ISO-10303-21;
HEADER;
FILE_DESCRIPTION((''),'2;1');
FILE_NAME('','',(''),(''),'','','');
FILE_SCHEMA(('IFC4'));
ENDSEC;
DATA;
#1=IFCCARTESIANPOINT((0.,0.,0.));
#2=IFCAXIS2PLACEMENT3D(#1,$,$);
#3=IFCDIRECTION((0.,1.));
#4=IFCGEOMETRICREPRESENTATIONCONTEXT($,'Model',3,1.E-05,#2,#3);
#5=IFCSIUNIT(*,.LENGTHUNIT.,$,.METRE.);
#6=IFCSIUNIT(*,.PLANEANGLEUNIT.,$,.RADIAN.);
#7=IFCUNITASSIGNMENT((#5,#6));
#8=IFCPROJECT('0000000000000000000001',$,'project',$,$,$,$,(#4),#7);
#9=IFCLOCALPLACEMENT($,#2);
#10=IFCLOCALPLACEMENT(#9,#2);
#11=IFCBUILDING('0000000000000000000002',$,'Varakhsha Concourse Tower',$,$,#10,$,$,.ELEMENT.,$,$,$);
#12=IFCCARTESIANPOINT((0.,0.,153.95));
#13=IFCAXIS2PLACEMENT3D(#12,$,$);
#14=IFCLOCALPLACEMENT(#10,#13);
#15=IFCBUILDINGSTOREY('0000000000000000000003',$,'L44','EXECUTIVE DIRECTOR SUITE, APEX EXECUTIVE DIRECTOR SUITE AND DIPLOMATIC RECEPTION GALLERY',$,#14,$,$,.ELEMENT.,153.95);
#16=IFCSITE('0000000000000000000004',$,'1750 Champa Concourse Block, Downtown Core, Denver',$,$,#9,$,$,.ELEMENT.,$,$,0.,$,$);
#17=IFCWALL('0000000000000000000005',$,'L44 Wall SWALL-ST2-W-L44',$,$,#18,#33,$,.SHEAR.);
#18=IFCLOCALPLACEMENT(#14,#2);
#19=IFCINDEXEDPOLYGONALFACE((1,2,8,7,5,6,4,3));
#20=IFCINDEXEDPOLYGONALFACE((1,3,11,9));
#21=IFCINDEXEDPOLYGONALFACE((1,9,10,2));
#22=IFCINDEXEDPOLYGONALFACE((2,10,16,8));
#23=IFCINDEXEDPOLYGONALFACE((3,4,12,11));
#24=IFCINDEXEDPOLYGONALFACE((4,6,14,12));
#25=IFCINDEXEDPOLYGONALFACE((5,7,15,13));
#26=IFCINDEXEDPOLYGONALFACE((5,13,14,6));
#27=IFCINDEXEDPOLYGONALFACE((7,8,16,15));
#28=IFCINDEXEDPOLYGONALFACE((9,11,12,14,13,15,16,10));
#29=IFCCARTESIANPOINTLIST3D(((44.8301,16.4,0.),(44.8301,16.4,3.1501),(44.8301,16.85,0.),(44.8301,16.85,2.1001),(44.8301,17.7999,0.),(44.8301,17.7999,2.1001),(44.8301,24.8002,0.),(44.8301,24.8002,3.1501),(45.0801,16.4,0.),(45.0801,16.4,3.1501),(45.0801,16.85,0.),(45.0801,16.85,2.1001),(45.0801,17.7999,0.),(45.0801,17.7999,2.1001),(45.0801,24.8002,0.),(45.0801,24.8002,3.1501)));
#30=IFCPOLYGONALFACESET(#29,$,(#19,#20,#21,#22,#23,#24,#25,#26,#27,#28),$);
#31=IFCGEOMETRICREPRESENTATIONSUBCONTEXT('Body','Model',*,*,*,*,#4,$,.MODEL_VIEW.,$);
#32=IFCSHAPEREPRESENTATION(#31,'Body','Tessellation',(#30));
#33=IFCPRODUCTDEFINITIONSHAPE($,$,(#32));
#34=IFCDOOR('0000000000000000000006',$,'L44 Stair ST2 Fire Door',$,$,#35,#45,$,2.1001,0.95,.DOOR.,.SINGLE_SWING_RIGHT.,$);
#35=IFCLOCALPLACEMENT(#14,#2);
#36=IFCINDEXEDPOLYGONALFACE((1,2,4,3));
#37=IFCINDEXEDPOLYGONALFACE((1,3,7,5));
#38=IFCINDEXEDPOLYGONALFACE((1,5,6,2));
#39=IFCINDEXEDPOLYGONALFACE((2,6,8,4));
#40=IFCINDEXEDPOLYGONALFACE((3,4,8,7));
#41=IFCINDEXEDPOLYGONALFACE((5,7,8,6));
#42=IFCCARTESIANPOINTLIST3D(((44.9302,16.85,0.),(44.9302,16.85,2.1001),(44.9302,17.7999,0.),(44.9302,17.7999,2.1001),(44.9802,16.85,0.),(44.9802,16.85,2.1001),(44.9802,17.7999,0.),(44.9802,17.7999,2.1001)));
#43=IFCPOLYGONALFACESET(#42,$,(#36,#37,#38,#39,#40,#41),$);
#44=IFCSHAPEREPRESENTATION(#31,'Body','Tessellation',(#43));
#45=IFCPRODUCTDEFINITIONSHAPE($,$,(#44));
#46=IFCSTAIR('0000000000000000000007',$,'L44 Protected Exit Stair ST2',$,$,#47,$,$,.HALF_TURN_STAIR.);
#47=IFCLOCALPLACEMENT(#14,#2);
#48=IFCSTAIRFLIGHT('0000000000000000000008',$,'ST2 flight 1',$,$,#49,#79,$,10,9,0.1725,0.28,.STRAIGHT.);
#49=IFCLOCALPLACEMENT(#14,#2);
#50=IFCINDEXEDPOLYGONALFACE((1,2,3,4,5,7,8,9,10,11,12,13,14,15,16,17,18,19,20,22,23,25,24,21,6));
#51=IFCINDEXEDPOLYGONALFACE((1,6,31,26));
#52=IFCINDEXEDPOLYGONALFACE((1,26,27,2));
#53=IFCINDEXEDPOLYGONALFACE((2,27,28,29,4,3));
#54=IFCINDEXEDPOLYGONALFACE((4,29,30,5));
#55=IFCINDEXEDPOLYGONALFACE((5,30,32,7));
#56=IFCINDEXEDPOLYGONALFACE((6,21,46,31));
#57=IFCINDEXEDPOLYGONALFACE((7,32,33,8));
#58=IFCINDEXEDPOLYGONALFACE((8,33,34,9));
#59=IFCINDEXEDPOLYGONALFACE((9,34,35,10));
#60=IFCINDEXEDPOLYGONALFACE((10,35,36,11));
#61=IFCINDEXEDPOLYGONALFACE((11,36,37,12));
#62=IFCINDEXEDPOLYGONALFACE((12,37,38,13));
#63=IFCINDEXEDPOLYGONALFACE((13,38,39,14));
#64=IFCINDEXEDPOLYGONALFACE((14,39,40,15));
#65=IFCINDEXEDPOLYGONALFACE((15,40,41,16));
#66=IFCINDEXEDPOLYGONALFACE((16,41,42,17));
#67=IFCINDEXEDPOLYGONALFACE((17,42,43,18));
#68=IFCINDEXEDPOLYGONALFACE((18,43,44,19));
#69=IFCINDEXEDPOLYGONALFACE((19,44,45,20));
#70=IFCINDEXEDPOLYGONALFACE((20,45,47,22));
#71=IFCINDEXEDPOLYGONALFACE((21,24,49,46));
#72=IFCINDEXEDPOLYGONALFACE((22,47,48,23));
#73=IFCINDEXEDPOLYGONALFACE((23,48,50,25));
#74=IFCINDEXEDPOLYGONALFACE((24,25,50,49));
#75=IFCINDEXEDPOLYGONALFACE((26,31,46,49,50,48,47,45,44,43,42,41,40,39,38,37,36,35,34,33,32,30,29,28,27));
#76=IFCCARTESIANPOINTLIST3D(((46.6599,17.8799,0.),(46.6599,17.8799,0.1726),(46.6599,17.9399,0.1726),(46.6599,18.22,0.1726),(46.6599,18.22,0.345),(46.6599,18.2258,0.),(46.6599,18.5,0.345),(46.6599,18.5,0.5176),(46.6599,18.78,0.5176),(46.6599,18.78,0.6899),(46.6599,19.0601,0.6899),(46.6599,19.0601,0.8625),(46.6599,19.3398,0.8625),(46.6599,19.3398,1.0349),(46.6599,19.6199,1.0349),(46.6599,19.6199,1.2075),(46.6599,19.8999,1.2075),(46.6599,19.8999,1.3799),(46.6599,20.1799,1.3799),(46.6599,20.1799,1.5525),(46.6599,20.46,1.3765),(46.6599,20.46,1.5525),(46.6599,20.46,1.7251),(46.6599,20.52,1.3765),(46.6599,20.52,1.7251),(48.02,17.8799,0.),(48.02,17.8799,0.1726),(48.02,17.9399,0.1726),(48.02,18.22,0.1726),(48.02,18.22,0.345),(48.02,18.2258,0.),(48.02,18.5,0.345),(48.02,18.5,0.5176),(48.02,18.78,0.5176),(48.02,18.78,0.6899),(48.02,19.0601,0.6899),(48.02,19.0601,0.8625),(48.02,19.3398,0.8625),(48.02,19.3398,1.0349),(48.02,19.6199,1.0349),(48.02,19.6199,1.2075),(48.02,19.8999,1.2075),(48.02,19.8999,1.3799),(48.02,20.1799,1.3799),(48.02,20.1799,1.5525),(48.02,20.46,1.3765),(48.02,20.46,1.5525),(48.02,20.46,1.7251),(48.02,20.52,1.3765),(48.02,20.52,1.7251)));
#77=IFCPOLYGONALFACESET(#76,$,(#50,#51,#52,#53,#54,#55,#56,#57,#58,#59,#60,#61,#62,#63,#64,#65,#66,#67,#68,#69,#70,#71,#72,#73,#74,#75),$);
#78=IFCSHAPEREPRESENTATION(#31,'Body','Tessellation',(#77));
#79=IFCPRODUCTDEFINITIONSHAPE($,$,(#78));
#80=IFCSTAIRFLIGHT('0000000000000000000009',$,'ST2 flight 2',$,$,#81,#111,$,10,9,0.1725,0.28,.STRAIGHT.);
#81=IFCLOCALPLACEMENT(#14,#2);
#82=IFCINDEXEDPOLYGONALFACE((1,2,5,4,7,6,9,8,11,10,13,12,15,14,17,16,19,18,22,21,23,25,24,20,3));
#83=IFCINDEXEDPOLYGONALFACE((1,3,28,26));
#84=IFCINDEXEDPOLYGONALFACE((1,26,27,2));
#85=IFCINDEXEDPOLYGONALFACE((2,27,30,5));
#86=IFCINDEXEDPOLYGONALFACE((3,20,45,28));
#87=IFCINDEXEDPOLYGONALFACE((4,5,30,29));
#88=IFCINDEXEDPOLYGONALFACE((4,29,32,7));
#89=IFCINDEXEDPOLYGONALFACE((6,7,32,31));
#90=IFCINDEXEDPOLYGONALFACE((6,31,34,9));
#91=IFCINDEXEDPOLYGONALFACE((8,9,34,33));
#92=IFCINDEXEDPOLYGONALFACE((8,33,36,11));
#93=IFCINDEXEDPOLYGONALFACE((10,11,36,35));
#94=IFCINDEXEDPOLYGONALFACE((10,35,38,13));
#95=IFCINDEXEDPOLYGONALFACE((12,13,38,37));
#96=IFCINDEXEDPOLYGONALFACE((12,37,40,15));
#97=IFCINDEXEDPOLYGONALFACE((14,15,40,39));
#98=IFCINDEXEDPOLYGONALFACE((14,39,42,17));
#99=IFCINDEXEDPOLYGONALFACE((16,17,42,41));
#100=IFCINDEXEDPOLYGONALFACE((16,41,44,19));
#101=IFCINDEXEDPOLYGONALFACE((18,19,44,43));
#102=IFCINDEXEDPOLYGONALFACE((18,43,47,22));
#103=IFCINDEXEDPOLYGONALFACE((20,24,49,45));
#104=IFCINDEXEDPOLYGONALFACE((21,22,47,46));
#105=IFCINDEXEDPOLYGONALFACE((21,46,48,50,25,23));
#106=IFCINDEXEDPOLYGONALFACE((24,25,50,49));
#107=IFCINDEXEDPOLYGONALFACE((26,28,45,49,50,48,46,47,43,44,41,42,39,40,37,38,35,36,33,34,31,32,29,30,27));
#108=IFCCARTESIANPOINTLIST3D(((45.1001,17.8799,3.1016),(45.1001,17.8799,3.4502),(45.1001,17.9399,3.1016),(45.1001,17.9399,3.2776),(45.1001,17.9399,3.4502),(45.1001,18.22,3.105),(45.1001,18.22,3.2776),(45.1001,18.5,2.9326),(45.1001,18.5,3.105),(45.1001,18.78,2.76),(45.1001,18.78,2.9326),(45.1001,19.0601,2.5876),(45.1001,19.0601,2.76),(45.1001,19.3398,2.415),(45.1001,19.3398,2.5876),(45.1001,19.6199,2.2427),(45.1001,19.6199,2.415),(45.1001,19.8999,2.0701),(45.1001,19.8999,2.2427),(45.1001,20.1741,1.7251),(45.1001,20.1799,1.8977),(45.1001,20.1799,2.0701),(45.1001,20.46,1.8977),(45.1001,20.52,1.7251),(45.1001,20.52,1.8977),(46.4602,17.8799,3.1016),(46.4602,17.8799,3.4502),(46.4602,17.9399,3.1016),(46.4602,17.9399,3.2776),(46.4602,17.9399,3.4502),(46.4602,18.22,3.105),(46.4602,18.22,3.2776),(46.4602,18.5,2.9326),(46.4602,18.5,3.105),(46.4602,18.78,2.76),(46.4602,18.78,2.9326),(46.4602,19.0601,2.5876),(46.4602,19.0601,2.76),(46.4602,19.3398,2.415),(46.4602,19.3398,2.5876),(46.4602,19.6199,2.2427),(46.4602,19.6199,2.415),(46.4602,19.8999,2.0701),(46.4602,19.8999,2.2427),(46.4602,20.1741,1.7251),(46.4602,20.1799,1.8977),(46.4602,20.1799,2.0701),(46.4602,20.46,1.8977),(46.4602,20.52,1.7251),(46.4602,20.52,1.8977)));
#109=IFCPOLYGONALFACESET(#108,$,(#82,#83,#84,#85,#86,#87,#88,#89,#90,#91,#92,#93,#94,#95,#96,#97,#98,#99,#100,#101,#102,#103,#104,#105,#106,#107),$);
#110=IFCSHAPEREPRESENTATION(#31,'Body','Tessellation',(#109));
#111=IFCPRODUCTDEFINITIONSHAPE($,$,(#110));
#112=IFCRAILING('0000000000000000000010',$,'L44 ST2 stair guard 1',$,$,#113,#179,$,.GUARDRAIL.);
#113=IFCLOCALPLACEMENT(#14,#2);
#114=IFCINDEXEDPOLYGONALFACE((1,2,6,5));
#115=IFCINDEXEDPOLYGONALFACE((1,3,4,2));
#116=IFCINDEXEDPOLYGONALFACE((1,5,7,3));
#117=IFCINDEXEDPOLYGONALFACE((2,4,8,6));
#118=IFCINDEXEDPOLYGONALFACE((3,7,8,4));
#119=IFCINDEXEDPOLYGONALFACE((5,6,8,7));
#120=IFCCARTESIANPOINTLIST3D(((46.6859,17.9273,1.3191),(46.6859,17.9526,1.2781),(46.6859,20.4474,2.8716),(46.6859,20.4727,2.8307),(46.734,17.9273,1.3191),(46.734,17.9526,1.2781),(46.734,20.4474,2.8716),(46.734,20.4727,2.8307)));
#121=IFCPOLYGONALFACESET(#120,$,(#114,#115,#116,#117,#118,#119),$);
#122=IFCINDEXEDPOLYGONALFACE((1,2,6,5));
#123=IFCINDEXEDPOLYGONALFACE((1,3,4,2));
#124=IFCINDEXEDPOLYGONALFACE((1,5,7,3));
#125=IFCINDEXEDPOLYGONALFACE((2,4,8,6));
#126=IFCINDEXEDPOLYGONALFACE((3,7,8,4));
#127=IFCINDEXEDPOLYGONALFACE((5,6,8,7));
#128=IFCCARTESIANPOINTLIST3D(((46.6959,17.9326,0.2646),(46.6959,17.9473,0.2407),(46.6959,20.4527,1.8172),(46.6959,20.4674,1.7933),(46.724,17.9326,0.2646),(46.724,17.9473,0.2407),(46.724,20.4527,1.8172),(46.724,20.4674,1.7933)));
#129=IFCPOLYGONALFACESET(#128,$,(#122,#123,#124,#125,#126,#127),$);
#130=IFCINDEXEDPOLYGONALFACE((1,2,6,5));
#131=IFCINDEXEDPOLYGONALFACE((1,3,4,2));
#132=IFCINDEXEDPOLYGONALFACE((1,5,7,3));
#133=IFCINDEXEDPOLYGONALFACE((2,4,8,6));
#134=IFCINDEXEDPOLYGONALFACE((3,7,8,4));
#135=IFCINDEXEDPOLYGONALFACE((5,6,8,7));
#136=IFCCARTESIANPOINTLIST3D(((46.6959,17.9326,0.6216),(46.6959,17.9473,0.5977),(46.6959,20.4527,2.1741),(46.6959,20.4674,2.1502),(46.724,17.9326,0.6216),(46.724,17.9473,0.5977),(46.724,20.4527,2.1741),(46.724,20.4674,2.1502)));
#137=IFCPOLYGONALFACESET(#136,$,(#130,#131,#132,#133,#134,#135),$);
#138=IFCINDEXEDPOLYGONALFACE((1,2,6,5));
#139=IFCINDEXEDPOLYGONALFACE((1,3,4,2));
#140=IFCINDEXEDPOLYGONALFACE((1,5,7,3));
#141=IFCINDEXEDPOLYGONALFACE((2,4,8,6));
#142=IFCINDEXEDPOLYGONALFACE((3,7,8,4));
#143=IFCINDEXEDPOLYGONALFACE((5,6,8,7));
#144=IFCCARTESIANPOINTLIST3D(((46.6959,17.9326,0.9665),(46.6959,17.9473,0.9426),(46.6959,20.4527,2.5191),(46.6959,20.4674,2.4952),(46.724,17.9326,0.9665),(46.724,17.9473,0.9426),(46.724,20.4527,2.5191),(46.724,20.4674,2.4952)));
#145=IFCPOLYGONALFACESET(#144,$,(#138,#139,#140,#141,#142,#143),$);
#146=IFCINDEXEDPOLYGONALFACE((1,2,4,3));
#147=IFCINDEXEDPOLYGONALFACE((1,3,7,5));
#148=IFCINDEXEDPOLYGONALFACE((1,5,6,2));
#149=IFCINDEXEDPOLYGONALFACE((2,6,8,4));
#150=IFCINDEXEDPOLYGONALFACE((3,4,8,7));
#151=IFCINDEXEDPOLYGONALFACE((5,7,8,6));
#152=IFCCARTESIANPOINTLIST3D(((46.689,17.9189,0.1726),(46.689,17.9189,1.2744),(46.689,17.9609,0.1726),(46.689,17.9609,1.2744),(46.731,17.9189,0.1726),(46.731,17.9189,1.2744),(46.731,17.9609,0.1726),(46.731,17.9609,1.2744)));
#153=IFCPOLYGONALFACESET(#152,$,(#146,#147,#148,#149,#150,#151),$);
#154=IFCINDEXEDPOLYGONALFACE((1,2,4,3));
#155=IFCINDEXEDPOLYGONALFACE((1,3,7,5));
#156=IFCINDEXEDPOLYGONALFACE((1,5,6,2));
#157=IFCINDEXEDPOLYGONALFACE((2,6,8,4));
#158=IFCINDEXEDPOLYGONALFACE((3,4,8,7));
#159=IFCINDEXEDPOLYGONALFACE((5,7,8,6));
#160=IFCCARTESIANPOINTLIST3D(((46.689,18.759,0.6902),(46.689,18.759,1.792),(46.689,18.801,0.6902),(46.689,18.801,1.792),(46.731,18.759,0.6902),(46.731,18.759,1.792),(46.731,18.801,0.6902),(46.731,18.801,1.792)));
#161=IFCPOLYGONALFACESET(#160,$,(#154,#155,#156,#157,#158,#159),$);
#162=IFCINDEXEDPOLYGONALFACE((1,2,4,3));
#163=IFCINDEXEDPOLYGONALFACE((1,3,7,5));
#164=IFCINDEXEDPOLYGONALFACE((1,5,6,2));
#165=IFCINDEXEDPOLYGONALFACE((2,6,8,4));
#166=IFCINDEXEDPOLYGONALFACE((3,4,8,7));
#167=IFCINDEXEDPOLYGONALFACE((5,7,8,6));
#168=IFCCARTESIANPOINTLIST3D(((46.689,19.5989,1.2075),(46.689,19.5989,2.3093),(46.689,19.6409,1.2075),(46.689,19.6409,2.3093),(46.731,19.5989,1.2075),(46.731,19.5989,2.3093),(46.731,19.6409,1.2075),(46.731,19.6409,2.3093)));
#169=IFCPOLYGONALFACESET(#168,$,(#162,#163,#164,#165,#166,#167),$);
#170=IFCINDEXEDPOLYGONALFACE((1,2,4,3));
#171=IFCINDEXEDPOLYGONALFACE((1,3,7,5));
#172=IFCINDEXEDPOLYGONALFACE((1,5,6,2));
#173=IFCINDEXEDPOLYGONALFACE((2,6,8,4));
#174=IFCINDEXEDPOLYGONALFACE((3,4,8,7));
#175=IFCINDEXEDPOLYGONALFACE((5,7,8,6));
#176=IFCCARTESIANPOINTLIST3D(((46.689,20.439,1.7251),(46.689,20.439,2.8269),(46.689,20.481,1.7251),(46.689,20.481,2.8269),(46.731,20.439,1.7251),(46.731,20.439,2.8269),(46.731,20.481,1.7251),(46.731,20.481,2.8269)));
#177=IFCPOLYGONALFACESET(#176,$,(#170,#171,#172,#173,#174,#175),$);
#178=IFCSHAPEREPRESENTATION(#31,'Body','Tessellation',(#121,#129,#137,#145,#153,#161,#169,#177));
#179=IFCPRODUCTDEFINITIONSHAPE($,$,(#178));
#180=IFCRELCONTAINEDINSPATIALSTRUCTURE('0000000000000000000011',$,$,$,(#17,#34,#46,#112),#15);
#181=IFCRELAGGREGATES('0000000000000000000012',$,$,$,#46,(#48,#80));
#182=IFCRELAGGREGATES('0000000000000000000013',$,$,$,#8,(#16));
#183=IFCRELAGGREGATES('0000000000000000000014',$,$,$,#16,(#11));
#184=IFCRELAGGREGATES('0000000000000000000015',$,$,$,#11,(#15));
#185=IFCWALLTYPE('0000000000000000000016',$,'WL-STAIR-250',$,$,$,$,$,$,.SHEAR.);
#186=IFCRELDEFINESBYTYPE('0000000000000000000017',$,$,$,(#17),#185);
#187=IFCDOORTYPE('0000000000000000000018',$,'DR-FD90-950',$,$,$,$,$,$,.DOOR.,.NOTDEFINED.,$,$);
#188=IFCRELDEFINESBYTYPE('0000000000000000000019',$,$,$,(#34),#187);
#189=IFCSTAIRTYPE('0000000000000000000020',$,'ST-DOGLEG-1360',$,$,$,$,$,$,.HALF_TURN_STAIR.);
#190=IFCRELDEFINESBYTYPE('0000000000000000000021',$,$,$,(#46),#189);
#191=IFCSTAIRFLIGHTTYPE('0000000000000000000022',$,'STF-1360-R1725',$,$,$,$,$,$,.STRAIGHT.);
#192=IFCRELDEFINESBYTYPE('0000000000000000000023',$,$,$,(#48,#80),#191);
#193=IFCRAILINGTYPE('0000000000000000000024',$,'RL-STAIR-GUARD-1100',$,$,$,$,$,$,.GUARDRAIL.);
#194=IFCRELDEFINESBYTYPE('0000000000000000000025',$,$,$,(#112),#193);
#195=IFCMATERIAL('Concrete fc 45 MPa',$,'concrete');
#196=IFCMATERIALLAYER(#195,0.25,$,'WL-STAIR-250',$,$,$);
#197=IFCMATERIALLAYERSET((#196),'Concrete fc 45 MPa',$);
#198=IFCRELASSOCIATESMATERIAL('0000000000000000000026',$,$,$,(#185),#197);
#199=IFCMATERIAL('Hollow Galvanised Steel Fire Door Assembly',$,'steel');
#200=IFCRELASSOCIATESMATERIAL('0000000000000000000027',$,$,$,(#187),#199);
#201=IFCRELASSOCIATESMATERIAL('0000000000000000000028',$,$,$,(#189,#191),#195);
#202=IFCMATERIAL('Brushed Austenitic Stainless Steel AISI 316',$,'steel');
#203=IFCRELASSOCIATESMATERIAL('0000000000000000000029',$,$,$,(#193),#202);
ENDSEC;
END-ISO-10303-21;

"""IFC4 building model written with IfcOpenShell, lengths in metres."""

from ifc_helpers import new_model, si_unit, direction, frame, frame_2d, origin, origin_2d, place, context, subcontext, project, spatial, polyline, rectangle, outline, extrude, material, layer, layer_set, type_object, element, fill, aggregate, save


model = new_model("IFC4")

# Units and contexts
model_context = context("Model", 3, precision=1e-05, world=origin(), true_north=direction((0.0, 1.0)))
body_context = subcontext(model_context, "Body", "Model", "MODEL_VIEW")
ifc_project = project(units=[si_unit("LENGTHUNIT", "METRE"), si_unit("PLANEANGLEUNIT", "RADIAN")], contexts=[model_context])

# Site, building, storey
site_placement = place(None, origin())
site = spatial("IfcSite", under=ifc_project, at=site_placement, Name="1750 Champa Concourse Block, Downtown Core, Denver", CompositionType="ELEMENT", RefElevation=0.0)
building_placement = place(site_placement, origin())
building = spatial("IfcBuilding", under=site, at=building_placement, Name="Varakhsha Concourse Tower", CompositionType="ELEMENT")
storey_placement = place(building_placement, frame((0.0, 0.0, 153.95)))
storey = spatial("IfcBuildingStorey", under=building, at=storey_placement, Name="L44", Description="EXECUTIVE DIRECTOR SUITE, APEX EXECUTIVE DIRECTOR SUITE AND DIPLOMATIC RECEPTION GALLERY", CompositionType="ELEMENT", Elevation=153.95)

# Shared definitions
ifc_material_1 = material(Name="Hollow Galvanised Steel Fire Door Assembly", Category="steel")

# Wall, opening, door
ifc_material_2 = material(Name="Concrete fc 45 MPa", Category="concrete")
ifc_layer_1 = layer(ifc_material_2, 0.25, Name="WL-STAIR-250")
ifc_layer_set_1 = layer_set([ifc_layer_1], Name="Concrete fc 45 MPa")
wall_type_1 = type_object("IfcWallType", Name="WL-STAIR-250", PredefinedType="SHEAR", material=ifc_layer_set_1)
wall_1_placement = place(storey_placement, frame((44.9551, 16.3999, 0.0), z_axis=(0.0, 0.0, 1.0), x_axis=(0.0, 1.0, 0.0)))
wall_1 = element("IfcWall", 1, at=wall_1_placement, inside=storey, type_object=wall_type_1, Name="L44 Wall SWALL-ST2-W-L44", PredefinedType="SHEAR", context=body_context, shape_type="SweptSolid", body=[
    extrude(rectangle(XDim=8.4001, YDim=0.25, at=frame_2d((4.2002, 0.0))), origin(), (0.0, 0.0, 1.0), 3.1501),
])
opening_1_placement = place(wall_1_placement, frame((0.45, 0.0, 0.0)))
opening_1 = element("IfcOpeningElement", 2, at=opening_1_placement, cuts=wall_1, PredefinedType="OPENING", context=body_context, shape_type="SweptSolid", body=[
    extrude(rectangle(XDim=0.95, YDim=2.1001, at=frame_2d((0.4751, 1.05))), frame((0.0, 0.135, 0.0), z_axis=(0.0, -1.0, 0.0), x_axis=(1.0, 0.0, 0.0)), (0.0, 0.0, 1.0), 0.27),
])
door_type_1 = type_object("IfcDoorType", Name="DR-FD90-950", OperationType="NOTDEFINED", PredefinedType="DOOR", material=ifc_material_1)
door_1_placement = place(opening_1_placement, origin())
door_1 = element("IfcDoor", 3, at=door_1_placement, inside=storey, type_object=door_type_1, Name="L44 Stair ST2 Fire Door", OperationType="SINGLE_SWING_RIGHT", OverallHeight=2.1001, OverallWidth=0.95, PredefinedType="DOOR", context=body_context, shape_type="SweptSolid", body=[
    extrude(rectangle(XDim=0.95, YDim=2.1001, at=frame_2d((0.4751, 1.05))), frame((0.0, 0.0249, 0.0), z_axis=(0.0, -1.0, 0.0), x_axis=(1.0, 0.0, 0.0)), (0.0, 0.0, 1.0), 0.05),
])
fill(opening_1, door_1)

# Stair, stair flights
stair_type = type_object("IfcStairType", Name="ST-DOGLEG-1360", PredefinedType="HALF_TURN_STAIR", material=ifc_material_2)
stair_placement = place(storey_placement, origin())
stair = element("IfcStair", 4, at=stair_placement, inside=storey, type_object=stair_type, Name="L44 Protected Exit Stair ST2", PredefinedType="HALF_TURN_STAIR")
stair_flight_type = type_object("IfcStairFlightType", Name="STF-1360-R1725", PredefinedType="STRAIGHT", material=ifc_material_2)
stair_flight_1_placement = place(storey_placement, frame((47.3401, 17.9399, 0.0), z_axis=(0.0, 0.0, 1.0), x_axis=(0.0, 1.0, 0.0)))
stair_flight_1 = element("IfcStairFlight", 5, at=stair_flight_1_placement, type_object=stair_flight_type, Name="ST2 flight 1", NumberOfRisers=10, NumberOfTreads=9, PredefinedType="STRAIGHT", RiserHeight=0.1725, TreadLength=0.28, context=body_context, shape_type="SweptSolid", body=[
    extrude(outline(polyline([(-0.0601, 0.0), (-0.0601, 0.1726), (0.0, 0.1726), (0.28, 0.1726), (0.28, 0.345), (0.5601, 0.345), (0.5601, 0.5176), (0.8401, 0.5176), (0.8401, 0.6899), (1.1201, 0.6899), (1.1201, 0.8625), (1.3999, 0.8625), (1.3999, 1.0349), (1.6799, 1.0349), (1.6799, 1.2075), (1.96, 1.2075), (1.96, 1.3799), (2.24, 1.3799), (2.24, 1.5525), (2.52, 1.5525), (2.52, 1.7251), (2.5801, 1.7251), (2.5801, 1.3765), (2.52, 1.3765), (0.2859, 0.0), (-0.0601, 0.0)])), frame((0.0, 0.6802, 0.0), z_axis=(0.0, -1.0, 0.0), x_axis=(1.0, 0.0, 0.0)), (0.0, 0.0, 1.0), 1.3601),
])
stair_flight_2_placement = place(storey_placement, frame((45.78, 20.46, 1.7251), z_axis=(0.0, 0.0, 1.0), x_axis=(0.0, -1.0, 0.0)))
stair_flight_2 = element("IfcStairFlight", 6, at=stair_flight_2_placement, type_object=stair_flight_type, Name="ST2 flight 2", NumberOfRisers=10, NumberOfTreads=9, PredefinedType="STRAIGHT", RiserHeight=0.1725, TreadLength=0.28, context=body_context, shape_type="SweptSolid", body=[
    extrude(outline(polyline([(-0.0601, 0.0), (-0.0601, 0.1726), (0.0, 0.1726), (0.28, 0.1726), (0.28, 0.345), (0.5601, 0.345), (0.5601, 0.5176), (0.8401, 0.5176), (0.8401, 0.6899), (1.1201, 0.6899), (1.1201, 0.8625), (1.3999, 0.8625), (1.3999, 1.0349), (1.6799, 1.0349), (1.6799, 1.2075), (1.96, 1.2075), (1.96, 1.3799), (2.24, 1.3799), (2.24, 1.5525), (2.52, 1.5525), (2.52, 1.7251), (2.5801, 1.7251), (2.5801, 1.3765), (2.52, 1.3765), (0.2859, 0.0), (-0.0601, 0.0)])), frame((0.0, 0.6802, 0.0), z_axis=(0.0, -1.0, 0.0), x_axis=(1.0, 0.0, 0.0)), (0.0, 0.0, 1.0), 1.3601),
])
aggregate(stair, [stair_flight_1, stair_flight_2])

# Railing
ifc_material_3 = material(Name="Brushed Austenitic Stainless Steel AISI 316", Category="steel")
railing_type_1 = type_object("IfcRailingType", Name="RL-STAIR-GUARD-1100", PredefinedType="GUARDRAIL", material=ifc_material_3)
railing_1_placement = place(storey_placement, frame((46.71, 17.9399, 0.1726)))
element("IfcRailing", 7, at=railing_1_placement, inside=storey, type_object=railing_type_1, Name="L44 ST2 stair guard 1", PredefinedType="GUARDRAIL", context=body_context, shape_type="SweptSolid", body=[
    extrude(rectangle(XDim=0.0481, YDim=0.0481, at=origin_2d()), frame((0.0, 0.0, 1.126), z_axis=(0.0, 0.8514, 0.524516), x_axis=(-1.0, 0.0, 0.0)), (0.0, 0.0, 1.0), 2.96),
    extrude(rectangle(XDim=0.0281, YDim=0.0281, at=origin_2d()), frame((0.0, 0.0, 0.0801), z_axis=(0.0, 0.8514, 0.524516), x_axis=(-1.0, 0.0, 0.0)), (0.0, 0.0, 1.0), 2.96),
    extrude(rectangle(XDim=0.0281, YDim=0.0281, at=origin_2d()), frame((0.0, 0.0, 0.437), z_axis=(0.0, 0.8514, 0.524516), x_axis=(-1.0, 0.0, 0.0)), (0.0, 0.0, 1.0), 2.96),
    extrude(rectangle(XDim=0.0281, YDim=0.0281, at=origin_2d()), frame((0.0, 0.0, 0.782), z_axis=(0.0, 0.8514, 0.524516), x_axis=(-1.0, 0.0, 0.0)), (0.0, 0.0, 1.0), 2.96),
    extrude(rectangle(XDim=0.042, YDim=0.042, at=origin_2d()), origin(), (0.0, 0.0, 1.0), 1.1018),
    extrude(rectangle(XDim=0.042, YDim=0.042, at=origin_2d()), frame((0.0, 0.8401, 0.5176)), (0.0, 0.0, 1.0), 1.1018),
    extrude(rectangle(XDim=0.042, YDim=0.042, at=origin_2d()), frame((0.0, 1.6799, 1.0349)), (0.0, 0.0, 1.0), 1.1018),
    extrude(rectangle(XDim=0.042, YDim=0.042, at=origin_2d()), frame((0.0, 2.52, 1.5525)), (0.0, 0.0, 1.0), 1.1018),
])

save(model, "model.ifc")
